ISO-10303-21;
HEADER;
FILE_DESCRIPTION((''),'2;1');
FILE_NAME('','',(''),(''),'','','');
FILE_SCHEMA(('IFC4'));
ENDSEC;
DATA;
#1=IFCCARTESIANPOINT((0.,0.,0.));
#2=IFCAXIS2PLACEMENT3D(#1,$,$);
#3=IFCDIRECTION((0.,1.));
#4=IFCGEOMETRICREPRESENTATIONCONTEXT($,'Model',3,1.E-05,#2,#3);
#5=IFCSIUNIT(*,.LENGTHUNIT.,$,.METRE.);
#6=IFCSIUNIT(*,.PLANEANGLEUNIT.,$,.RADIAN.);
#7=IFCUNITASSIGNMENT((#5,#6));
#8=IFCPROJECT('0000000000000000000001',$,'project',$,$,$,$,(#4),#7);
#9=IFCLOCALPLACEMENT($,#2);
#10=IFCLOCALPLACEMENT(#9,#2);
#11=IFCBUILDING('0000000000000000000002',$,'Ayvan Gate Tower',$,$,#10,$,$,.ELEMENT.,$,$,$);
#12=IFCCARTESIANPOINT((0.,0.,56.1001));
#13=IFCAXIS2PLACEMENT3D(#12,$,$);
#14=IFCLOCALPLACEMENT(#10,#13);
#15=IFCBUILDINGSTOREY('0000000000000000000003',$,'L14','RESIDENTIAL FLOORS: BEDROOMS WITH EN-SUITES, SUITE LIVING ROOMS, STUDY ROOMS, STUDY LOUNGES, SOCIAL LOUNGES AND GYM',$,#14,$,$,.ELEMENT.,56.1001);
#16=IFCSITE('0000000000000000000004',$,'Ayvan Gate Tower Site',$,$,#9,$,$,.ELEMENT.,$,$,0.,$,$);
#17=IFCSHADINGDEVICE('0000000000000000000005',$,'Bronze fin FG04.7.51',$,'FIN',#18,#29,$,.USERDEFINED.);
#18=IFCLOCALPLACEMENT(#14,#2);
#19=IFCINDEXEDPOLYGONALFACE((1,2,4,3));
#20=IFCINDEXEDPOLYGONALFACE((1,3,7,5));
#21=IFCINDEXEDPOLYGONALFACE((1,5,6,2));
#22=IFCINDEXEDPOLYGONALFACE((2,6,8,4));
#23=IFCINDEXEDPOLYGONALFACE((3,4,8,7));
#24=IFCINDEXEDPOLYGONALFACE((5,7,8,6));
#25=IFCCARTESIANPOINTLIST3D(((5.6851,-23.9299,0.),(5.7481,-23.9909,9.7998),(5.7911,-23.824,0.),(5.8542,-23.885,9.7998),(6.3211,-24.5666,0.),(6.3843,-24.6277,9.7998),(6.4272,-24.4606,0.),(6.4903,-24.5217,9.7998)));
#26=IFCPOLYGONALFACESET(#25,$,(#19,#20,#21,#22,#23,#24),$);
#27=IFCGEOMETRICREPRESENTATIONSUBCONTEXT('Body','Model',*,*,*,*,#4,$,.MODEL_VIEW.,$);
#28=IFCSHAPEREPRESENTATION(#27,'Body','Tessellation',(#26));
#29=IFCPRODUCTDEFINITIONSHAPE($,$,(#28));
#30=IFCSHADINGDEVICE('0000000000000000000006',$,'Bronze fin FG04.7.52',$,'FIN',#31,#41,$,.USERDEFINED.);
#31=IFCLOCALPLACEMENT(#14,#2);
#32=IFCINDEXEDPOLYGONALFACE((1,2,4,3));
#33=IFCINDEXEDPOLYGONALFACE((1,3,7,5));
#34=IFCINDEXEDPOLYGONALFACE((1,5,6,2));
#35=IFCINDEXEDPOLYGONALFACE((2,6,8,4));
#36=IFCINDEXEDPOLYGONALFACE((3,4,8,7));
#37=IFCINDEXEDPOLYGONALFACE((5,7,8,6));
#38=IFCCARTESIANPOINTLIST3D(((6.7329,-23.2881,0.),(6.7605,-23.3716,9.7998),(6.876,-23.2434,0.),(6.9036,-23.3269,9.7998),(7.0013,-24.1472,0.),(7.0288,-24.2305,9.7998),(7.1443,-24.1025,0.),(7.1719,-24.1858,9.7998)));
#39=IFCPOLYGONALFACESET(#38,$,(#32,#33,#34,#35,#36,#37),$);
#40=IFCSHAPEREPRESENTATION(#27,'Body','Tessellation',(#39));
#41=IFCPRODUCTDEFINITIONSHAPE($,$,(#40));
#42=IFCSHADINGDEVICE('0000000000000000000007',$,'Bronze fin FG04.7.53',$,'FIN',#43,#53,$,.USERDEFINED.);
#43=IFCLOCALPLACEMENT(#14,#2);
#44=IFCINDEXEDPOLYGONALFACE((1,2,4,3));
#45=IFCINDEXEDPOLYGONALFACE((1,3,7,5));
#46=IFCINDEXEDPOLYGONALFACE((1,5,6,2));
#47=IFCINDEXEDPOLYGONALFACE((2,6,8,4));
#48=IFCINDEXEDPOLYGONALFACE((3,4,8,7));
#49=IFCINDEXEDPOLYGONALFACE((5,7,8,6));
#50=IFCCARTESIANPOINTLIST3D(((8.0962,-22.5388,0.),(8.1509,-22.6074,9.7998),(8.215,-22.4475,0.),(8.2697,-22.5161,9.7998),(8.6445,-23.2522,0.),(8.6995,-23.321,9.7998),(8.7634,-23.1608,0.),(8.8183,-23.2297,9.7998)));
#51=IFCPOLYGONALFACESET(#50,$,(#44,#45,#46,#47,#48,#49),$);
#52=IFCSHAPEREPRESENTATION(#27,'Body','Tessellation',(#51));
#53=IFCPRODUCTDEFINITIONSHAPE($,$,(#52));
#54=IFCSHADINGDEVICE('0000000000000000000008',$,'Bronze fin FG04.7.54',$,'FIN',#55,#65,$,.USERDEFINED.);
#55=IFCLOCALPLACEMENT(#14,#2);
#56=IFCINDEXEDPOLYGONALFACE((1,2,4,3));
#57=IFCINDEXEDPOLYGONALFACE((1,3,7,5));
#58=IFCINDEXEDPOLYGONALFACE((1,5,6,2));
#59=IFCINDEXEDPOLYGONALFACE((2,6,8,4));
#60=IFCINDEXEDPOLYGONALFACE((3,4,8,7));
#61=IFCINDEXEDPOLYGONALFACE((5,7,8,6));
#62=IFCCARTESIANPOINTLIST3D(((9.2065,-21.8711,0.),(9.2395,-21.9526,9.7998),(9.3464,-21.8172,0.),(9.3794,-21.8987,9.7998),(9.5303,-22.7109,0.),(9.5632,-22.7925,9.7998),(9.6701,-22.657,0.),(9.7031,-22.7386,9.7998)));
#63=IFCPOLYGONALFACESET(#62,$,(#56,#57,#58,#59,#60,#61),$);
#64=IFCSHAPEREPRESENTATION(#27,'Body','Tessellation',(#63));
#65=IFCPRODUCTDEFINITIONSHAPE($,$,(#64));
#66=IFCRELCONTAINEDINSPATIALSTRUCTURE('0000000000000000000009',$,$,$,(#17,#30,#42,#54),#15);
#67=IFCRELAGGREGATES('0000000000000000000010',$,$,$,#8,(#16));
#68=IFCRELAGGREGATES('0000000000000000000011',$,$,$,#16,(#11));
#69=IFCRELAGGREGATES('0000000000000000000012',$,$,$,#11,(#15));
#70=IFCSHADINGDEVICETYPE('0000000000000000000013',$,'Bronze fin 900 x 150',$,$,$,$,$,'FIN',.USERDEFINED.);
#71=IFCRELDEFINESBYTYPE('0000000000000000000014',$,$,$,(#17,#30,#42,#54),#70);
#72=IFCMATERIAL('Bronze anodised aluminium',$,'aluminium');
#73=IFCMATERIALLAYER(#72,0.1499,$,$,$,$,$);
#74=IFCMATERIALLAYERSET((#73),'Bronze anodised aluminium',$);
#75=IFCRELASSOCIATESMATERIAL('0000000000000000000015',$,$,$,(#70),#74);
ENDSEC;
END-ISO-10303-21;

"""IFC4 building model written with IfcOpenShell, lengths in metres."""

from ifc_helpers import new_model, si_unit, direction, frame, origin, place, context, subcontext, project, spatial, polyline, outline, extrude, material, layer, layer_set, type_object, element, save


model = new_model("IFC4")

# Units and contexts
model_context = context("Model", 3, precision=1e-05, world=origin(), true_north=direction((0.0, 1.0)))
body_context = subcontext(model_context, "Body", "Model", "MODEL_VIEW")
ifc_project = project(units=[si_unit("LENGTHUNIT", "METRE"), si_unit("PLANEANGLEUNIT", "RADIAN")], contexts=[model_context])

# Site, building, storey
site_placement = place(None, origin())
site = spatial("IfcSite", under=ifc_project, at=site_placement, Name="Ayvan Gate Tower Site", CompositionType="ELEMENT", RefElevation=0.0)
building_placement = place(site_placement, origin())
building = spatial("IfcBuilding", under=site, at=building_placement, Name="Ayvan Gate Tower", CompositionType="ELEMENT")
storey_placement = place(building_placement, frame((0.0, 0.0, 56.1001)))
storey = spatial("IfcBuildingStorey", under=building, at=storey_placement, Name="L14", Description="RESIDENTIAL FLOORS: BEDROOMS WITH EN-SUITES, SUITE LIVING ROOMS, STUDY ROOMS, STUDY LOUNGES, SOCIAL LOUNGES AND GYM", CompositionType="ELEMENT", Elevation=56.1001)

# Shared definitions
ifc_material_1 = material(Name="Bronze anodised aluminium", Category="aluminium")

# Shading devices
ifc_layer_1 = layer(ifc_material_1, 0.1499)
ifc_layer_set_1 = layer_set([ifc_layer_1], Name="Bronze anodised aluminium")
shading_device_type = type_object("IfcShadingDeviceType", Name="Bronze fin 900 x 150", ElementType="FIN", PredefinedType="USERDEFINED", material=ifc_layer_set_1)
shading_device_1_placement = place(storey_placement, frame((5.6851, -23.9299, 0.0), z_axis=(-0.707446, -0.706768, 0.000154), x_axis=(0.706768, -0.707446, 0.0)))
element("IfcShadingDevice", 1, at=shading_device_1_placement, inside=storey, type_object=shading_device_type, Name="Bronze fin FG04.7.51", ObjectType="FIN", PredefinedType="USERDEFINED", context=body_context, shape_type="SweptSolid", body=[
    extrude(outline(polyline([(0.0, 0.0), (0.8999, 0.0), (0.9878, 9.7998), (0.0877, 9.7998), (0.0, 0.0)])), origin(), (0.0, 0.0, -1.0), 0.1499),
])
shading_device_2_placement = place(storey_placement, frame((6.7329, -23.2881, 0.0), z_axis=(-0.954521, -0.298144, 0.000151), x_axis=(0.298144, -0.954521, 0.0)))
element("IfcShadingDevice", 2, at=shading_device_2_placement, inside=storey, type_object=shading_device_type, Name="Bronze fin FG04.7.52", ObjectType="FIN", PredefinedType="USERDEFINED", context=body_context, shape_type="SweptSolid", body=[
    extrude(outline(polyline([(0.0, 0.0), (0.9001, 0.0), (0.9877, 9.7998), (0.0879, 9.7998), (0.0, 0.0)])), origin(), (0.0, 0.0, -1.0), 0.1499),
])
shading_device_3_placement = place(storey_placement, frame((8.0962, -22.5388, 0.0), z_axis=(-0.792831, -0.609442, 0.00016), x_axis=(0.609442, -0.792831, 0.0)))
element("IfcShadingDevice", 3, at=shading_device_3_placement, inside=storey, type_object=shading_device_type, Name="Bronze fin FG04.7.53", ObjectType="FIN", PredefinedType="USERDEFINED", context=body_context, shape_type="SweptSolid", body=[
    extrude(outline(polyline([(0.0, 0.0), (0.8998, 0.0), (0.9878, 9.7998), (0.0877, 9.7998), (0.0, 0.0)])), origin(), (0.0, 0.0, -1.0), 0.1499),
])
shading_device_4_placement = place(storey_placement, frame((9.2065, -21.8711, 0.0), z_axis=(-0.93308, -0.35967, 0.000145), x_axis=(0.35967, -0.93308, 0.0)))
element("IfcShadingDevice", 4, at=shading_device_4_placement, inside=storey, type_object=shading_device_type, Name="Bronze fin FG04.7.54", ObjectType="FIN", PredefinedType="USERDEFINED", context=body_context, shape_type="SweptSolid", body=[
    extrude(outline(polyline([(0.0, 0.0), (0.9001, 0.0), (0.988, 9.7998), (0.0879, 9.7998), (0.0, 0.0)])), origin(), (0.0, 0.0, -1.0), 0.1499),
])

save(model, "model.ifc")
